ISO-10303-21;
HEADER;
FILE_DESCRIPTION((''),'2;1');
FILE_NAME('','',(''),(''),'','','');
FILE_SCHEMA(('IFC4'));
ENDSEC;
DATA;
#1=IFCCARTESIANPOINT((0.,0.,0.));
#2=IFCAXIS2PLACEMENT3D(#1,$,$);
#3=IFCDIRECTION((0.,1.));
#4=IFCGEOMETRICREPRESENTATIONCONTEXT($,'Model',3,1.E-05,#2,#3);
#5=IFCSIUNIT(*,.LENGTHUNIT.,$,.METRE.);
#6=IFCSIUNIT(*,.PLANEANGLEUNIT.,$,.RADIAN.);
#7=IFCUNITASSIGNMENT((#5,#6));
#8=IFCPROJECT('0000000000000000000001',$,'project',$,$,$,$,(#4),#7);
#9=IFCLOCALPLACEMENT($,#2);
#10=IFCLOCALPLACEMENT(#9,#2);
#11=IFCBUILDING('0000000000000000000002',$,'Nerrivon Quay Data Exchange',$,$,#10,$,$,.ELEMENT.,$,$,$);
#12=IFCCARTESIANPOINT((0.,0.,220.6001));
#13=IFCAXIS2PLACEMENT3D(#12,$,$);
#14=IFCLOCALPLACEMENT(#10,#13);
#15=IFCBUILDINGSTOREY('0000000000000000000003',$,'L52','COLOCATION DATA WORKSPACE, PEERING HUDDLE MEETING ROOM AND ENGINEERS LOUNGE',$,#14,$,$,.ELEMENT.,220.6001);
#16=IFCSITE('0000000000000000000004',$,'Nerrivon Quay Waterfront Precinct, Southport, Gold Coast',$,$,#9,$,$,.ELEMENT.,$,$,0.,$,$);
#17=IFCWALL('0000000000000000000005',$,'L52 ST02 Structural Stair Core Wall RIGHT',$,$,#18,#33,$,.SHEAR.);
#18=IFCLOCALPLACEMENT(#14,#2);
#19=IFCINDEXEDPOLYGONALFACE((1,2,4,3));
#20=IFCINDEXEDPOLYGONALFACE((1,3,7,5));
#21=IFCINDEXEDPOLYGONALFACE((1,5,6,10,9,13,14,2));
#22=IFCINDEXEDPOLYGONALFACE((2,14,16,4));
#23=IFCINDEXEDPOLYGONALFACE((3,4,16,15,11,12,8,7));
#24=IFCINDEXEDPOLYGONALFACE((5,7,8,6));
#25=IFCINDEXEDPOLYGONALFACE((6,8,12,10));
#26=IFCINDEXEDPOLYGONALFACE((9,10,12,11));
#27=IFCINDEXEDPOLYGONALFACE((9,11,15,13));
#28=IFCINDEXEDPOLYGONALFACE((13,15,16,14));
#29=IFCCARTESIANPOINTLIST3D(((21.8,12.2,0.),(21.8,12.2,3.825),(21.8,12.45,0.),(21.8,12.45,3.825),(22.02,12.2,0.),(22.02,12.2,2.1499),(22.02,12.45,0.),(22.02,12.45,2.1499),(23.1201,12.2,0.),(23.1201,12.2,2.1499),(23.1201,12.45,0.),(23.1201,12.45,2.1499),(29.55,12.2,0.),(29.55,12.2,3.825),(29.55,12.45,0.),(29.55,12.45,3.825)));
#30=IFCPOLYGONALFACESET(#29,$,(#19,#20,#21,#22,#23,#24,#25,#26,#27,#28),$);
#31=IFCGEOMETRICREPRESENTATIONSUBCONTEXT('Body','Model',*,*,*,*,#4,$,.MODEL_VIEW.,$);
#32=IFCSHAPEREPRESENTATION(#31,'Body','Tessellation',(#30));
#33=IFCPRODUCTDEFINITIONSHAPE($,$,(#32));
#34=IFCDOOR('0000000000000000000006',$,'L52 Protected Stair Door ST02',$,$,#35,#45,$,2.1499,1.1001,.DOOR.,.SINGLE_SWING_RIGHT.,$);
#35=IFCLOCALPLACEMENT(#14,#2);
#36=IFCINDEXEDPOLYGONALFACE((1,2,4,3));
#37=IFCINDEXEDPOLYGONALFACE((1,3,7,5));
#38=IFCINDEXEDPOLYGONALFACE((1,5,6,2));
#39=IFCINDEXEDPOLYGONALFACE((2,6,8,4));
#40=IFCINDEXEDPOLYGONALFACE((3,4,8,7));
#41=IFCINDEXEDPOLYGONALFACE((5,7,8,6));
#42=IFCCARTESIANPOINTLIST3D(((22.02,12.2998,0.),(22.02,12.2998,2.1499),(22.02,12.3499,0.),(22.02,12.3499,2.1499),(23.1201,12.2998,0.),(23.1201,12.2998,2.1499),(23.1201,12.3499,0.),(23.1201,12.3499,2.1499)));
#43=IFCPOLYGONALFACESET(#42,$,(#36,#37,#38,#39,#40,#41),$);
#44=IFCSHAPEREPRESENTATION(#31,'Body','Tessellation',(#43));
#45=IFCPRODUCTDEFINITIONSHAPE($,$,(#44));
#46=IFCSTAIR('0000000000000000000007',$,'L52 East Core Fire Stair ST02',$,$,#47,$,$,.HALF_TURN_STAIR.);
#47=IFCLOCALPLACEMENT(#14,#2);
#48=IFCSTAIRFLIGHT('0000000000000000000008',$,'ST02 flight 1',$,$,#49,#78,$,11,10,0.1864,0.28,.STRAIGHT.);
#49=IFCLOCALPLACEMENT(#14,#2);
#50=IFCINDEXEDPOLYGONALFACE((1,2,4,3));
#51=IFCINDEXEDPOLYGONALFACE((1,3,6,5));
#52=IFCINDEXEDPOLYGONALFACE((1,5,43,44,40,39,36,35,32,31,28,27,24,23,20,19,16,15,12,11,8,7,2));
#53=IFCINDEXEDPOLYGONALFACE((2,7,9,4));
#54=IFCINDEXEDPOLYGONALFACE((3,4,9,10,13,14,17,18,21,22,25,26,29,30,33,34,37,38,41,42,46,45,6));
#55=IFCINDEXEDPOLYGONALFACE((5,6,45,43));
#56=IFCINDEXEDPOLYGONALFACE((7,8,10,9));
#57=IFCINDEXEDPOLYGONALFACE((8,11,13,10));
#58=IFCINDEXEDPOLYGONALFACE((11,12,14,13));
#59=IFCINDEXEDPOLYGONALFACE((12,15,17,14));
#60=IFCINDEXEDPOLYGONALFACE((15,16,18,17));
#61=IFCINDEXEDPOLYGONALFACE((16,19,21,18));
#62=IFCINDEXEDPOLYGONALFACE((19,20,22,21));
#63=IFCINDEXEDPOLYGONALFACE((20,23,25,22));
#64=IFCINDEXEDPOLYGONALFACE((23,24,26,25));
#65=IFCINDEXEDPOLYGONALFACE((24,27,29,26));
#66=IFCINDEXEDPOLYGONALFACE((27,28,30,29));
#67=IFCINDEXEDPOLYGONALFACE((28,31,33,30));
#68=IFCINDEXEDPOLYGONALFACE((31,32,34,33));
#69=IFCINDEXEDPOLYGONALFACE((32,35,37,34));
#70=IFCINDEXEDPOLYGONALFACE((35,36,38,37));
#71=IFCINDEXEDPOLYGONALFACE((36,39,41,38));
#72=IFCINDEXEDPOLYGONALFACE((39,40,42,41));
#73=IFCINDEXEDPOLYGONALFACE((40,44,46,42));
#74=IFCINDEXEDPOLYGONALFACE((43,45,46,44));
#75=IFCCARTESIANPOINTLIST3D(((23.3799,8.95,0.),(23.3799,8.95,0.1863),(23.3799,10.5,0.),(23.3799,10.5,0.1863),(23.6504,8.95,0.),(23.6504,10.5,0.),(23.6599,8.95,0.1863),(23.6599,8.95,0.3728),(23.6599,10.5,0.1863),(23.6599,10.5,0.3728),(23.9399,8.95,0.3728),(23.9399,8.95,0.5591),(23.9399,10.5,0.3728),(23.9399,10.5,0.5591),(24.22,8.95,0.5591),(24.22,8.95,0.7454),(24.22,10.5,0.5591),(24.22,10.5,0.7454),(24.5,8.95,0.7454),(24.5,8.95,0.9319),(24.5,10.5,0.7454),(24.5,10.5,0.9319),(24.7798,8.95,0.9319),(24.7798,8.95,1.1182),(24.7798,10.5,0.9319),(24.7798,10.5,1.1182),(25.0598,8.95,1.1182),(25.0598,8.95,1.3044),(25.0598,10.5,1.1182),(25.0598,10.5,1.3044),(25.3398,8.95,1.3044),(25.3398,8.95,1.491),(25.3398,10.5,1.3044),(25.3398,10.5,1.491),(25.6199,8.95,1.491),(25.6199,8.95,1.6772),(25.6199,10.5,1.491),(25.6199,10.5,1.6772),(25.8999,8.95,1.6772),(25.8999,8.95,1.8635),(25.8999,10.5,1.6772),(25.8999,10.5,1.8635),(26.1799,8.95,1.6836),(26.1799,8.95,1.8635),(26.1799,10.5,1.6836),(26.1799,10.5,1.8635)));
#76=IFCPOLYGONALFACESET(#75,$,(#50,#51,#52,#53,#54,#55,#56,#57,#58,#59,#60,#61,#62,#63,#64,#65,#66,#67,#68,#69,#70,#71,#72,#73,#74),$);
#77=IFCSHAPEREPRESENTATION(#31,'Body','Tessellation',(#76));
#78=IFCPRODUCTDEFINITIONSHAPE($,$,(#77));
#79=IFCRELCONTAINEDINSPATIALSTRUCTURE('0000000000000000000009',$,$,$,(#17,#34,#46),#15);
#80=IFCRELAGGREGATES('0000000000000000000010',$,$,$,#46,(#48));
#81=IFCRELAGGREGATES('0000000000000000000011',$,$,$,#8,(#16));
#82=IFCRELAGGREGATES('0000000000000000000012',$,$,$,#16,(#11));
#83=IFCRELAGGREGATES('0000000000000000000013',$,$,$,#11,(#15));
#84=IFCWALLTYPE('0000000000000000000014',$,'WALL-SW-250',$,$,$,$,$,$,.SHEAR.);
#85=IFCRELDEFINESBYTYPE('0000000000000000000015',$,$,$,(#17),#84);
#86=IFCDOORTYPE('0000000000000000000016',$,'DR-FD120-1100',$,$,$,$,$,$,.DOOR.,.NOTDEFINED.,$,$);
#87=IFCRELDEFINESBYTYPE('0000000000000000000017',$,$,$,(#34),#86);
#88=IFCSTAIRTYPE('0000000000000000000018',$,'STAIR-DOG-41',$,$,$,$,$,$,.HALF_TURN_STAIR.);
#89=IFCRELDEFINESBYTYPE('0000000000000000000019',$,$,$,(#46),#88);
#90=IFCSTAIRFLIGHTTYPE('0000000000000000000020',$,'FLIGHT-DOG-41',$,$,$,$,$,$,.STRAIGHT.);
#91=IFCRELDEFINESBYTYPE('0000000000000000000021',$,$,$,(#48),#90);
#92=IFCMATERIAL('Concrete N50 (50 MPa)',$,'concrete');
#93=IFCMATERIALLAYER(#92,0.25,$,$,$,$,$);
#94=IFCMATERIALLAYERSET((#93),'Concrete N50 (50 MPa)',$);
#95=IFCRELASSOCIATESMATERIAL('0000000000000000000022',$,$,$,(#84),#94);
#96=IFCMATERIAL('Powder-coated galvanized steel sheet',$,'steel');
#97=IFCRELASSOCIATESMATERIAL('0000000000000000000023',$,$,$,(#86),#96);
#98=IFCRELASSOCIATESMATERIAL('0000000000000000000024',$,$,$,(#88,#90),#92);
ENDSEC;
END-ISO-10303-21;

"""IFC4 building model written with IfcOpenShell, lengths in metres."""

from ifc_helpers import new_model, si_unit, direction, frame, frame_2d, origin, place, context, subcontext, project, spatial, polyline, rectangle, outline, extrude, material, layer, layer_set, type_object, element, fill, aggregate, save


model = new_model("IFC4")

# Units and contexts
model_context = context("Model", 3, precision=1e-05, world=origin(), true_north=direction((0.0, 1.0)))
body_context = subcontext(model_context, "Body", "Model", "MODEL_VIEW")
ifc_project = project(units=[si_unit("LENGTHUNIT", "METRE"), si_unit("PLANEANGLEUNIT", "RADIAN")], contexts=[model_context])

# Site, building, storey
site_placement = place(None, origin())
site = spatial("IfcSite", under=ifc_project, at=site_placement, Name="Nerrivon Quay Waterfront Precinct, Southport, Gold Coast", CompositionType="ELEMENT", RefElevation=0.0)
building_placement = place(site_placement, origin())
building = spatial("IfcBuilding", under=site, at=building_placement, Name="Nerrivon Quay Data Exchange", CompositionType="ELEMENT")
storey_placement = place(building_placement, frame((0.0, 0.0, 220.6001)))
storey = spatial("IfcBuildingStorey", under=building, at=storey_placement, Name="L52", Description="COLOCATION DATA WORKSPACE, PEERING HUDDLE MEETING ROOM AND ENGINEERS LOUNGE", CompositionType="ELEMENT", Elevation=220.6001)

# Shared definitions
ifc_material_1 = material(Name="Powder-coated galvanized steel sheet", Category="steel")

# Wall, opening, door
ifc_material_2 = material(Name="Concrete N50 (50 MPa)", Category="concrete")
ifc_layer_1 = layer(ifc_material_2, 0.25)
ifc_layer_set_1 = layer_set([ifc_layer_1], Name="Concrete N50 (50 MPa)")
wall_type_1 = type_object("IfcWallType", Name="WALL-SW-250", PredefinedType="SHEAR", material=ifc_layer_set_1)
wall_1_placement = place(storey_placement, frame((21.8, 12.325, 0.0), z_axis=(0.0, 0.0, 1.0), x_axis=(1.0, 0.0, 0.0)))
wall_1 = element("IfcWall", 1, at=wall_1_placement, inside=storey, type_object=wall_type_1, Name="L52 ST02 Structural Stair Core Wall RIGHT", PredefinedType="SHEAR", context=body_context, shape_type="SweptSolid", body=[
    extrude(rectangle(XDim=7.75, YDim=0.25, at=frame_2d((3.875, 0.0))), origin(), (0.0, 0.0, 1.0), 3.825),
])
opening_1_placement = place(wall_1_placement, frame((0.22, 0.0, 0.0)))
opening_1 = element("IfcOpeningElement", 2, at=opening_1_placement, cuts=wall_1, PredefinedType="OPENING", context=body_context, shape_type="SweptSolid", body=[
    extrude(rectangle(XDim=1.1001, YDim=2.1499, at=frame_2d((0.55, 1.075))), frame((0.0, 0.135, 0.0), z_axis=(0.0, -1.0, 0.0), x_axis=(1.0, 0.0, 0.0)), (0.0, 0.0, 1.0), 0.27),
])
door_type_1 = type_object("IfcDoorType", Name="DR-FD120-1100", OperationType="NOTDEFINED", PredefinedType="DOOR", material=ifc_material_1)
door_1_placement = place(opening_1_placement, origin())
door_1 = element("IfcDoor", 3, at=door_1_placement, inside=storey, type_object=door_type_1, Name="L52 Protected Stair Door ST02", OperationType="SINGLE_SWING_RIGHT", OverallHeight=2.1499, OverallWidth=1.1001, PredefinedType="DOOR", context=body_context, shape_type="SweptSolid", body=[
    extrude(rectangle(XDim=1.1001, YDim=2.1499, at=frame_2d((0.55, 1.075))), frame((0.0, 0.0249, 0.0), z_axis=(0.0, -1.0, 0.0), x_axis=(1.0, 0.0, 0.0)), (0.0, 0.0, 1.0), 0.05),
])
fill(opening_1, door_1)

# Stair, stair flight
stair_type = type_object("IfcStairType", Name="STAIR-DOG-41", PredefinedType="HALF_TURN_STAIR", material=ifc_material_2)
stair_placement = place(storey_placement, origin())
stair = element("IfcStair", 4, at=stair_placement, inside=storey, type_object=stair_type, Name="L52 East Core Fire Stair ST02", PredefinedType="HALF_TURN_STAIR")
stair_flight_type = type_object("IfcStairFlightType", Name="FLIGHT-DOG-41", PredefinedType="STRAIGHT", material=ifc_material_2)
stair_flight_placement = place(storey_placement, frame((23.3799, 9.7251, 0.0), z_axis=(0.0, 0.0, 1.0), x_axis=(1.0, 0.0, 0.0)))
stair_flight = element("IfcStairFlight", 5, at=stair_flight_placement, type_object=stair_flight_type, Name="ST02 flight 1", NumberOfRisers=11, NumberOfTreads=10, PredefinedType="STRAIGHT", RiserHeight=0.1864, TreadLength=0.28, context=body_context, shape_type="SweptSolid", body=[
    extrude(outline(polyline([(0.0, 0.0), (0.0, 0.1863), (0.28, 0.1863), (0.28, 0.3728), (0.5601, 0.3728), (0.5601, 0.5591), (0.8401, 0.5591), (0.8401, 0.7454), (1.1201, 0.7454), (1.1201, 0.9319), (1.3999, 0.9319), (1.3999, 1.1182), (1.6799, 1.1182), (1.6799, 1.3044), (1.96, 1.3044), (1.96, 1.491), (2.24, 1.491), (2.24, 1.6772), (2.52, 1.6772), (2.52, 1.8635), (2.8, 1.8635), (2.8, 2.05), (2.8, 1.6836), (0.2705, 0.0), (0.0, 0.0)])), frame((0.0, 0.7749, 0.0), z_axis=(0.0, -1.0, 0.0), x_axis=(1.0, 0.0, 0.0)), (0.0, 0.0, 1.0), 1.55),
])
aggregate(stair, [stair_flight])

save(model, "model.ifc")
